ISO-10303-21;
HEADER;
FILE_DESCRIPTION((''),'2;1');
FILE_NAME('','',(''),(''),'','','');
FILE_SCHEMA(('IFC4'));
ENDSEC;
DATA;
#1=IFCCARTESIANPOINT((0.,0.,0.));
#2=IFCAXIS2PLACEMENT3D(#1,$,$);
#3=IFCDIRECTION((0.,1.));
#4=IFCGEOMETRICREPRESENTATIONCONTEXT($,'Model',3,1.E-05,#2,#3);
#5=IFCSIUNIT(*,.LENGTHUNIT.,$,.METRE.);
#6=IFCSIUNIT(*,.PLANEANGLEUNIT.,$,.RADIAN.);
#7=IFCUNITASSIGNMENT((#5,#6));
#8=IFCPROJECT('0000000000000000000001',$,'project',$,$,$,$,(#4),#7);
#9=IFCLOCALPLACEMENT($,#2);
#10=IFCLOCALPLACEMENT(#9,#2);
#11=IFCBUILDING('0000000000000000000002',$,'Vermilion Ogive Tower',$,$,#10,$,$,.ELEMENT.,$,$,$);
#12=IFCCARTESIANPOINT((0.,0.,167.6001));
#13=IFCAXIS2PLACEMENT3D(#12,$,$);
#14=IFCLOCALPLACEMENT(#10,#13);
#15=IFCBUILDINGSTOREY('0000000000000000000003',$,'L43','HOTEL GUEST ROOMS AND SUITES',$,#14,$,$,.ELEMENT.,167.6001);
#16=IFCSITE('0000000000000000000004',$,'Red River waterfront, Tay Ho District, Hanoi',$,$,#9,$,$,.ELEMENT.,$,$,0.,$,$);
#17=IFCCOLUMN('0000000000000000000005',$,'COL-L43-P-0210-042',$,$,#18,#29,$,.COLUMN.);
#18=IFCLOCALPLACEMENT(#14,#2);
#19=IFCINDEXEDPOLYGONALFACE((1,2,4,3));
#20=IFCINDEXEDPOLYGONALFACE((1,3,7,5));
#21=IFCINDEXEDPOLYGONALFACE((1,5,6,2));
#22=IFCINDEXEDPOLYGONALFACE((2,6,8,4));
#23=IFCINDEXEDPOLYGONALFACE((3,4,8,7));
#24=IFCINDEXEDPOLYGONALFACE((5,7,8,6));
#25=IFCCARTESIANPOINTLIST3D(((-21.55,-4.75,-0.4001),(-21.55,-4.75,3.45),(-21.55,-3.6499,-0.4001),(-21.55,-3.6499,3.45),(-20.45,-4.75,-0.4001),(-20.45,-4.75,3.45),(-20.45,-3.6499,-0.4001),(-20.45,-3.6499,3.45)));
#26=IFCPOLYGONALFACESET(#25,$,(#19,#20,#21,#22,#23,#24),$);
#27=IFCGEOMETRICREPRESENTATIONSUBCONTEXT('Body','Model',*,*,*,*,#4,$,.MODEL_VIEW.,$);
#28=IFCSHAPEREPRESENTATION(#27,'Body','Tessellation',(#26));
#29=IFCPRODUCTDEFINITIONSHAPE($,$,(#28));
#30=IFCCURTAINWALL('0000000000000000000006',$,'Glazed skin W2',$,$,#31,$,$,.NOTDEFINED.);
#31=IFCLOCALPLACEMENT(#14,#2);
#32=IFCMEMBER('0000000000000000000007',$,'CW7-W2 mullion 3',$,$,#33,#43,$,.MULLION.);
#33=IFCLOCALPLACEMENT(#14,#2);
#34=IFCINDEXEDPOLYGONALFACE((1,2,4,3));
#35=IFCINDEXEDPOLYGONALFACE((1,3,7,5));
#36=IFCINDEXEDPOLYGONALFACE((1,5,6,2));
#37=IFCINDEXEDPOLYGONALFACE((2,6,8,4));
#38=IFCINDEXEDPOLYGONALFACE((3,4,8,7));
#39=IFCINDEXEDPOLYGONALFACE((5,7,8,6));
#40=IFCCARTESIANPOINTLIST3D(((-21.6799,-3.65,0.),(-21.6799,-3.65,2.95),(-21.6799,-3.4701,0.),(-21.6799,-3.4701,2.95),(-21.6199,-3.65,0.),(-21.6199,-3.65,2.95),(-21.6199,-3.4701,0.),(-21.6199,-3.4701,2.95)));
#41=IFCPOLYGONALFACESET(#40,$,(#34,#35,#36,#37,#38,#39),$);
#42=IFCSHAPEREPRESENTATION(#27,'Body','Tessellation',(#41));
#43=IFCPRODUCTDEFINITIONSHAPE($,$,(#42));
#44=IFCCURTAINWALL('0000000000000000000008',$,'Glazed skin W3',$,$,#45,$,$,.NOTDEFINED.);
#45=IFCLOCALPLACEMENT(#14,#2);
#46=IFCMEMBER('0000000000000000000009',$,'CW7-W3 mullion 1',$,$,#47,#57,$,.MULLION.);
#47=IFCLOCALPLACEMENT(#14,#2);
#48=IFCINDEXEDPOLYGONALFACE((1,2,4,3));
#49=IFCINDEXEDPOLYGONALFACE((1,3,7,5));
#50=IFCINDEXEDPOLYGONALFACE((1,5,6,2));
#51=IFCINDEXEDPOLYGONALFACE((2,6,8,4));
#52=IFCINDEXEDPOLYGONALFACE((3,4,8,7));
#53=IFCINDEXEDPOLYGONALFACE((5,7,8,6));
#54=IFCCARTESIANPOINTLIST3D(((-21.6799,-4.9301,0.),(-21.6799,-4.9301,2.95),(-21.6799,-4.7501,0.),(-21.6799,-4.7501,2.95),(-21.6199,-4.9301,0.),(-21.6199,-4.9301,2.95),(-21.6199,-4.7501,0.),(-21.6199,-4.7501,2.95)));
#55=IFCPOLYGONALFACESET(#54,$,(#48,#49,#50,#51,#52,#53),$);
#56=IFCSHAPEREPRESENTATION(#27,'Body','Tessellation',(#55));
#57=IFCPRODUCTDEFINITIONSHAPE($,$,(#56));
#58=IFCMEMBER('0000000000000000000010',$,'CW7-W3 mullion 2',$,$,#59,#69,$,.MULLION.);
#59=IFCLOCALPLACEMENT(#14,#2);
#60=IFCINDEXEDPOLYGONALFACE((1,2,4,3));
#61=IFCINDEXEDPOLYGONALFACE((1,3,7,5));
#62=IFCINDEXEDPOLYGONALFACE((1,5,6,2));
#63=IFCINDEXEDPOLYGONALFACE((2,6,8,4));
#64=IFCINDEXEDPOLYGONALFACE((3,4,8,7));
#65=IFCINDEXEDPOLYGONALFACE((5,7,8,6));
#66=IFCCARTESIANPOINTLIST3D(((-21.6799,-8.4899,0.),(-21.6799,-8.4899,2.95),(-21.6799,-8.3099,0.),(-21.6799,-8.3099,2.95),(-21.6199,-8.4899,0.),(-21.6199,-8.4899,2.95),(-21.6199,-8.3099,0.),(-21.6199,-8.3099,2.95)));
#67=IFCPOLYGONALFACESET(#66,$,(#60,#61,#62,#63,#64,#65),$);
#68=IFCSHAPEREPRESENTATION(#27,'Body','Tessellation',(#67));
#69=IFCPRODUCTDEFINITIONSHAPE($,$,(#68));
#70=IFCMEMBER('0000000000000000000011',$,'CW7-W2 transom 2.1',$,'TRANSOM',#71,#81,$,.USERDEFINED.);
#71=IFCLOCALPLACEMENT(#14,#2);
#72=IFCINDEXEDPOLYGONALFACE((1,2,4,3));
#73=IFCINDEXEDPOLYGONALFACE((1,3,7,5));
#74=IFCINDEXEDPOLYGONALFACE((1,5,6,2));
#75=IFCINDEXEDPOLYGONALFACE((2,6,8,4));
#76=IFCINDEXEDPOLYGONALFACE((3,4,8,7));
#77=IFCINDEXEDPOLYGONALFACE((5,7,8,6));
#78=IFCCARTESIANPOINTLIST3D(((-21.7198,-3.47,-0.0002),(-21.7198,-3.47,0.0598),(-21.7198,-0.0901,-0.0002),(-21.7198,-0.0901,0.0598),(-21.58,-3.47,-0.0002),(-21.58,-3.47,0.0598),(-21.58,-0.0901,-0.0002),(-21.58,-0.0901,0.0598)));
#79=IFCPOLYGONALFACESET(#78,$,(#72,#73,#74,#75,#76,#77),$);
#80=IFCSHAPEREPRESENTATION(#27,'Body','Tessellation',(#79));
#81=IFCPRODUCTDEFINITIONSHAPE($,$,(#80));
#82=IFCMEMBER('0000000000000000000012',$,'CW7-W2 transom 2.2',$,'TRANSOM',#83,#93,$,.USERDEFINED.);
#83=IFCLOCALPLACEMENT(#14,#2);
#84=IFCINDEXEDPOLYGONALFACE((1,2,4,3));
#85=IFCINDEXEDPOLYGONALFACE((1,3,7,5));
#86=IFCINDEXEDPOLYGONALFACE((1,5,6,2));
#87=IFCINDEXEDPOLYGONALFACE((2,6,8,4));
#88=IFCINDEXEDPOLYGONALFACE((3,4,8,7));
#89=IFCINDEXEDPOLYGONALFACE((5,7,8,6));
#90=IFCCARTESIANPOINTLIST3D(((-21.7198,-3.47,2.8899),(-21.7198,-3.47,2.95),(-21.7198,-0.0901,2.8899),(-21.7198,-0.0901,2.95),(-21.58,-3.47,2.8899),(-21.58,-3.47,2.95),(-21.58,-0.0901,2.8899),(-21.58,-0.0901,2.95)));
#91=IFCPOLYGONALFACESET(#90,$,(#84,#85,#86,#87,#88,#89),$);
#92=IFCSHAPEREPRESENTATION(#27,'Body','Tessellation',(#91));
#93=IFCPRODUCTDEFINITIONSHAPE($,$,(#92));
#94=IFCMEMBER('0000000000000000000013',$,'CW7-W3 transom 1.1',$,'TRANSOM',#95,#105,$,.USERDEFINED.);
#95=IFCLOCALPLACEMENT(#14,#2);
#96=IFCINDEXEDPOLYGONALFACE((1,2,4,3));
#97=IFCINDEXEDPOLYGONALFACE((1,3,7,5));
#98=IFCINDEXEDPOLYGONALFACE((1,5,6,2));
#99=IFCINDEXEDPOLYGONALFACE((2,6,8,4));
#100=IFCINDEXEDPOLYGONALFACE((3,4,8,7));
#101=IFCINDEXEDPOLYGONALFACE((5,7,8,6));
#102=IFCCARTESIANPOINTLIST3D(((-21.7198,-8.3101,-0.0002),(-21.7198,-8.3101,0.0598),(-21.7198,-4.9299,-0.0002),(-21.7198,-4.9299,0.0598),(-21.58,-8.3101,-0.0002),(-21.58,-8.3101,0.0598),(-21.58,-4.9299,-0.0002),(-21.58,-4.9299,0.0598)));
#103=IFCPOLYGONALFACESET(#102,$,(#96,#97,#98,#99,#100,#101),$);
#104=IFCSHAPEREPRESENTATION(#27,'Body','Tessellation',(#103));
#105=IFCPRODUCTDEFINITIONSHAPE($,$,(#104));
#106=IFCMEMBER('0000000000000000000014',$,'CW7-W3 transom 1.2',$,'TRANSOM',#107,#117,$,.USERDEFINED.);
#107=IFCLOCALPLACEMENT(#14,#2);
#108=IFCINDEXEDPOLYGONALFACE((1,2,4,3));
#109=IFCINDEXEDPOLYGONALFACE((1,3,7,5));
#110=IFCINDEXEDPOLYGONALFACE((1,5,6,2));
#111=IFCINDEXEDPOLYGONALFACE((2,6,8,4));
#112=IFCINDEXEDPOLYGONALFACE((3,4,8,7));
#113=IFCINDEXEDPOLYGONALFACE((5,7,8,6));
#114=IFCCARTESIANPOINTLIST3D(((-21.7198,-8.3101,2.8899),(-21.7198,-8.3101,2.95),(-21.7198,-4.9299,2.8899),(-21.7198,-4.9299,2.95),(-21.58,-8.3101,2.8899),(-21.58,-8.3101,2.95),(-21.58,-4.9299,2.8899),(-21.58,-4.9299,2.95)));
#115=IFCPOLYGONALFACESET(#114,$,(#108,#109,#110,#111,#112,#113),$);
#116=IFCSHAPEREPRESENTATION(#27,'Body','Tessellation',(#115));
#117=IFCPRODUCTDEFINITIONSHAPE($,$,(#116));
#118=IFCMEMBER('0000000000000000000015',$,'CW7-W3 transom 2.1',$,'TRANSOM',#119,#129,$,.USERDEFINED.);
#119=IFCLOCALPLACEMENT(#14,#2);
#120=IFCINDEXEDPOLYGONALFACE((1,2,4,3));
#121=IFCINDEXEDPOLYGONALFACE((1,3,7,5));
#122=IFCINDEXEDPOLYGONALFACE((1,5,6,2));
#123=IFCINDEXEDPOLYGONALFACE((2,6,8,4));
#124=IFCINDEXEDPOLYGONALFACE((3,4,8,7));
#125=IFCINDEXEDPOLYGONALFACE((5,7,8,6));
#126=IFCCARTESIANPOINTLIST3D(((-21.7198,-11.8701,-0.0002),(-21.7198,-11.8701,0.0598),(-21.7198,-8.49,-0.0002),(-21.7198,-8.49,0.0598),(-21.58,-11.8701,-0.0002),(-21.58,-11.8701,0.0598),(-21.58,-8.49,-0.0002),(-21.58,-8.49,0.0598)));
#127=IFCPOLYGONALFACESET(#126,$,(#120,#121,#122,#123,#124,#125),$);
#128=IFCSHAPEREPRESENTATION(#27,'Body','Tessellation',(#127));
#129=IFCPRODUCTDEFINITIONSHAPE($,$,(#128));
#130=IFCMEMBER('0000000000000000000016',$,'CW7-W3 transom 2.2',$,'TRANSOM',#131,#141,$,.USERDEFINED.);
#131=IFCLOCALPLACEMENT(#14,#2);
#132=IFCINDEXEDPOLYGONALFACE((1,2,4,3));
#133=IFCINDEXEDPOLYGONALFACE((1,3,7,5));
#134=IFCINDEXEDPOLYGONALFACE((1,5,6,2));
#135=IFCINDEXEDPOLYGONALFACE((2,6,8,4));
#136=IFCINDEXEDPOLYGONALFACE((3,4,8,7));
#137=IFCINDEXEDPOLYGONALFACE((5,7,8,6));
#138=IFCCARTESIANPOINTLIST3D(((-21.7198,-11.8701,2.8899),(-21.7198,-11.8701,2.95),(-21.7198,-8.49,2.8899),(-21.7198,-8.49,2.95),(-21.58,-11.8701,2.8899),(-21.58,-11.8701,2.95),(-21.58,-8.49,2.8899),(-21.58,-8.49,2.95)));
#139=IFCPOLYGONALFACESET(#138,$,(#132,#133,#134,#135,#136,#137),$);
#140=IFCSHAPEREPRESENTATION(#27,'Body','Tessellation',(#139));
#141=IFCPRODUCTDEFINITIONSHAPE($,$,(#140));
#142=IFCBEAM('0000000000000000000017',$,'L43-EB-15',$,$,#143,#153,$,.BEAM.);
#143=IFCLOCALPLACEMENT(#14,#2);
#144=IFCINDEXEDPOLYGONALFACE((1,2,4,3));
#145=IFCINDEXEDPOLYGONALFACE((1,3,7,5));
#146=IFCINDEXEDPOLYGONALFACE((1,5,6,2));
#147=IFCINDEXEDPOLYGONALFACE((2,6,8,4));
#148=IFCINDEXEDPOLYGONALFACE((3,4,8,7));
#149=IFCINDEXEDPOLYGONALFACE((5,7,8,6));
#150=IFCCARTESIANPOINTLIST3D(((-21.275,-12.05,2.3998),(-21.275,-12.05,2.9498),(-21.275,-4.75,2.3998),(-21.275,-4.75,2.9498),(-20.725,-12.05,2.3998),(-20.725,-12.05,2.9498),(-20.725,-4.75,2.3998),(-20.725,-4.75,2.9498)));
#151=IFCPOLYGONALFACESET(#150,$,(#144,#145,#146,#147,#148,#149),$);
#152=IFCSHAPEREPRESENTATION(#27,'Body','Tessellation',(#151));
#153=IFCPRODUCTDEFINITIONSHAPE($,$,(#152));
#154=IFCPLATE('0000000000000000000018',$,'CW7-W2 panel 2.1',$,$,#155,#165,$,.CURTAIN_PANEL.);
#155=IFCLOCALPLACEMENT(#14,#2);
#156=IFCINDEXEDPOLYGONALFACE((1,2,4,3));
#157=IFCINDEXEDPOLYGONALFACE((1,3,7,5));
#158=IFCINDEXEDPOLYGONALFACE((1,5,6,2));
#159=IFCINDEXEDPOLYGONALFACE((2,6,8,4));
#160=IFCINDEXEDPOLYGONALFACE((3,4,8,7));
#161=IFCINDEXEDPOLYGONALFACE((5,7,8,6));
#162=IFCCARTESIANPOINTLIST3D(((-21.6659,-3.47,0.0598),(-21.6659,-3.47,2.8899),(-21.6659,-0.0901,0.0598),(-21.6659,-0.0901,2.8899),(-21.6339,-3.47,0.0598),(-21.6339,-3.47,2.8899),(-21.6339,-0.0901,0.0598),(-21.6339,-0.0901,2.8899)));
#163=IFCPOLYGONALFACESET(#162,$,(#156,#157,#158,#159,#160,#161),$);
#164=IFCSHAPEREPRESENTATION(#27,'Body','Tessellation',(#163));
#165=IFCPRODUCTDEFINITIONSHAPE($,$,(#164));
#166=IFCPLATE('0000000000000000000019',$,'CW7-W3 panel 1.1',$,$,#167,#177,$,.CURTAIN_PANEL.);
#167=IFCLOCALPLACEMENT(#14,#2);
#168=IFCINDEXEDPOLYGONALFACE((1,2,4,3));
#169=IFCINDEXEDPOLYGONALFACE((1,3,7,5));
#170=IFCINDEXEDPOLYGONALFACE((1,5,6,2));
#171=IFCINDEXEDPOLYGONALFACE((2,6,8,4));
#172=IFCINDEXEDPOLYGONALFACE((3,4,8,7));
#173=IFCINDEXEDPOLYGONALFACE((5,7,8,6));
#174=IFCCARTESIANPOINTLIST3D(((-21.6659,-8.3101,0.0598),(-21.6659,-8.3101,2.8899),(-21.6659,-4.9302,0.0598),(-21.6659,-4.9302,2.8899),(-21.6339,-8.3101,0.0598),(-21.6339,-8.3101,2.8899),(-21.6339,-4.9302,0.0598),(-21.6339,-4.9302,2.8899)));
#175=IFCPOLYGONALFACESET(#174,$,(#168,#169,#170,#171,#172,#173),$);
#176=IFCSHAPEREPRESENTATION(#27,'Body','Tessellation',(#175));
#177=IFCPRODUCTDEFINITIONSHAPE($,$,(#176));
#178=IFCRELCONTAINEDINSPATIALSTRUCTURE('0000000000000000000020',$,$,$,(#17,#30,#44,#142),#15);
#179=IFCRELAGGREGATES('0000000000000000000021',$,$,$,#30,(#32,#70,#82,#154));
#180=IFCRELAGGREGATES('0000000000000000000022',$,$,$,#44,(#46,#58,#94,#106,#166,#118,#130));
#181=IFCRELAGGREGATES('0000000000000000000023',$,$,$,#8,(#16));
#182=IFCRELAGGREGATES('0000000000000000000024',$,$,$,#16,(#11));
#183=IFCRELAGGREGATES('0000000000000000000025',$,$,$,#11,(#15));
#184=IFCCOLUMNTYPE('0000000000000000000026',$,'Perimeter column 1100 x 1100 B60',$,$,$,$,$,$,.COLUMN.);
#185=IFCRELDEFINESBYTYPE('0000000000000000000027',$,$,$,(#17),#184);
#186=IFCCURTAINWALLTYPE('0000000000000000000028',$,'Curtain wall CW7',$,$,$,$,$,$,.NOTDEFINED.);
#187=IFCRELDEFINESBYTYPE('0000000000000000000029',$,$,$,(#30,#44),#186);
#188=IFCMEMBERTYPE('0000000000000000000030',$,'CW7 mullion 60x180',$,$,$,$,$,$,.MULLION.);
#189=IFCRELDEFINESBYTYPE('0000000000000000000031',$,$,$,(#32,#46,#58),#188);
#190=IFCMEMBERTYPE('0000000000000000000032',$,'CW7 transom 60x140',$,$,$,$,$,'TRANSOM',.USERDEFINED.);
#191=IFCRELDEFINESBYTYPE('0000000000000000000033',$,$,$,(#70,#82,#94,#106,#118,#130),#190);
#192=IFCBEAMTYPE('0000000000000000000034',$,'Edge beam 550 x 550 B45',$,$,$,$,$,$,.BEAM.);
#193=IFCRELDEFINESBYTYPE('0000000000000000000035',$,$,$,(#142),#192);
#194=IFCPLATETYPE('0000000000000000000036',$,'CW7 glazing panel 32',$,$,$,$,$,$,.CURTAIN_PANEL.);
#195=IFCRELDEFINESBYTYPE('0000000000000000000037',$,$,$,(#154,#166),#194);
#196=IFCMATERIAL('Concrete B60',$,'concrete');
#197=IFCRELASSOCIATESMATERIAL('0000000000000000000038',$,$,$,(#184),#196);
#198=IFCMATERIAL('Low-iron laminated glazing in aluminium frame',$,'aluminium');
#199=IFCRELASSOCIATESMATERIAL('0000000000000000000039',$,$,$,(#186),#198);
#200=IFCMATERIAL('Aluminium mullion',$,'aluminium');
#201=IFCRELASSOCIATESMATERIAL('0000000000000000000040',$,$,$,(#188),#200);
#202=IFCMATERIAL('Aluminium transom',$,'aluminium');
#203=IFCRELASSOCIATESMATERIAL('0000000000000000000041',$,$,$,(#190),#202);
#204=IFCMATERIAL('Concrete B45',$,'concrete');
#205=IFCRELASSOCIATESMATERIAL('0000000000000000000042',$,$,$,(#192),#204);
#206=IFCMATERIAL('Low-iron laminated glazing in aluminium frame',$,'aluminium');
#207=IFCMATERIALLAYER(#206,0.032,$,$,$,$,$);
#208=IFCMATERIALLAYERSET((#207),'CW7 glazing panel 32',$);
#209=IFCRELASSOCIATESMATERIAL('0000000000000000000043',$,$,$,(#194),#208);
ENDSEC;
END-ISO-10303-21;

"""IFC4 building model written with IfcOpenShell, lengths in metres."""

from ifc_helpers import new_model, si_unit, direction, frame, origin, origin_2d, place, context, subcontext, project, spatial, rectangle, extrude, material, layer, layer_set, material_profile, profile_set, type_object, element, aggregate, save


model = new_model("IFC4")

# Units and contexts
model_context = context("Model", 3, precision=1e-05, world=origin(), true_north=direction((0.0, 1.0)))
body_context = subcontext(model_context, "Body", "Model", "MODEL_VIEW")
ifc_project = project(units=[si_unit("LENGTHUNIT", "METRE"), si_unit("PLANEANGLEUNIT", "RADIAN")], contexts=[model_context])

# Site, building, storey
site_placement = place(None, origin())
site = spatial("IfcSite", under=ifc_project, at=site_placement, Name="Red River waterfront, Tay Ho District, Hanoi", CompositionType="ELEMENT", RefElevation=0.0)
building_placement = place(site_placement, origin())
building = spatial("IfcBuilding", under=site, at=building_placement, Name="Vermilion Ogive Tower", CompositionType="ELEMENT")
storey_placement = place(building_placement, frame((0.0, 0.0, 167.6001)))
storey = spatial("IfcBuildingStorey", under=building, at=storey_placement, Name="L43", Description="HOTEL GUEST ROOMS AND SUITES", CompositionType="ELEMENT", Elevation=167.6001)

# Column
ifc_material_1 = material(Name="Concrete B60", Category="concrete")
ifc_material_profile_1 = material_profile(ifc_material_1, rectangle(XDim=1.1001, YDim=1.1001, at=origin_2d()), Name="1100 x 1100")
ifc_profile_set_1 = profile_set([ifc_material_profile_1], Name="Concrete B60")
column_type = type_object("IfcColumnType", Name="Perimeter column 1100 x 1100 B60", PredefinedType="COLUMN", material=ifc_profile_set_1)
column_placement = place(storey_placement, frame((-21.0, -4.2, -0.4001), z_axis=(0.0, 0.0, 1.0), x_axis=(1.0, 0.0, 0.0)))
element("IfcColumn", 1, at=column_placement, inside=storey, type_object=column_type, Name="COL-L43-P-0210-042", PredefinedType="COLUMN", context=body_context, shape_type="SweptSolid", body=[
    extrude(rectangle(XDim=1.1001, YDim=1.1001, at=origin_2d()), origin(), (0.0, 0.0, 1.0), 3.8501),
])

# Curtain wall, member
ifc_material_2 = material(Name="Low-iron laminated glazing in aluminium frame", Category="aluminium")
curtain_wall_type = type_object("IfcCurtainWallType", Name="Curtain wall CW7", PredefinedType="NOTDEFINED", material=ifc_material_2)
curtain_wall_1_placement = place(storey_placement, origin())
curtain_wall_1 = element("IfcCurtainWall", 2, at=curtain_wall_1_placement, inside=storey, type_object=curtain_wall_type, Name="Glazed skin W2", PredefinedType="NOTDEFINED")
ifc_material_3 = material(Name="Aluminium mullion", Category="aluminium")
ifc_material_profile_2 = material_profile(ifc_material_3, rectangle(XDim=0.0601, YDim=0.1799, at=origin_2d()), Name="AL 60x180")
ifc_profile_set_2 = profile_set([ifc_material_profile_2], Name="Aluminium mullion")
member_type_1 = type_object("IfcMemberType", Name="CW7 mullion 60x180", PredefinedType="MULLION", material=ifc_profile_set_2)
member_1_placement = place(storey_placement, frame((-21.6499, -3.5601, 0.0), z_axis=(0.0, 0.0, 1.0), x_axis=(1.0, 0.0, 0.0)))
member_1 = element("IfcMember", 3, at=member_1_placement, type_object=member_type_1, Name="CW7-W2 mullion 3", PredefinedType="MULLION", context=body_context, shape_type="SweptSolid", body=[
    extrude(rectangle(XDim=0.0601, YDim=0.1799, at=origin_2d()), origin(), (0.0, 0.0, 1.0), 2.95),
])

# Curtain wall, members
curtain_wall_2_placement = place(storey_placement, origin())
curtain_wall_2 = element("IfcCurtainWall", 4, at=curtain_wall_2_placement, inside=storey, type_object=curtain_wall_type, Name="Glazed skin W3", PredefinedType="NOTDEFINED")
member_2_placement = place(storey_placement, frame((-21.6499, -4.8401, 0.0), z_axis=(0.0, 0.0, 1.0), x_axis=(1.0, 0.0, 0.0)))
member_2 = element("IfcMember", 5, at=member_2_placement, type_object=member_type_1, Name="CW7-W3 mullion 1", PredefinedType="MULLION", context=body_context, shape_type="SweptSolid", body=[
    extrude(rectangle(XDim=0.0601, YDim=0.1799, at=origin_2d()), origin(), (0.0, 0.0, 1.0), 2.95),
])
member_3_placement = place(storey_placement, frame((-21.6499, -8.3999, 0.0), z_axis=(0.0, 0.0, 1.0), x_axis=(1.0, 0.0, 0.0)))
member_3 = element("IfcMember", 6, at=member_3_placement, type_object=member_type_1, Name="CW7-W3 mullion 2", PredefinedType="MULLION", context=body_context, shape_type="SweptSolid", body=[
    extrude(rectangle(XDim=0.0601, YDim=0.1799, at=origin_2d()), origin(), (0.0, 0.0, 1.0), 2.95),
])

# Members
ifc_material_4 = material(Name="Aluminium transom", Category="aluminium")
ifc_material_profile_3 = material_profile(ifc_material_4, rectangle(XDim=0.1399, YDim=0.0601, at=origin_2d()), Name="AL 60x140")
ifc_profile_set_3 = profile_set([ifc_material_profile_3], Name="Aluminium transom")
member_type_2 = type_object("IfcMemberType", Name="CW7 transom 60x140", ElementType="TRANSOM", PredefinedType="USERDEFINED", material=ifc_profile_set_3)
member_4_placement = place(storey_placement, frame((-21.6499, -0.0901, 0.0298), z_axis=(0.0, -1.0, 0.0), x_axis=(1.0, 0.0, 0.0)))
member_4 = element("IfcMember", 7, at=member_4_placement, type_object=member_type_2, Name="CW7-W2 transom 2.1", ObjectType="TRANSOM", PredefinedType="USERDEFINED", context=body_context, shape_type="SweptSolid", body=[
    extrude(rectangle(XDim=0.1399, YDim=0.0601, at=origin_2d()), origin(), (0.0, 0.0, 1.0), 3.3799),
])
member_5_placement = place(storey_placement, frame((-21.6499, -0.0901, 2.9199), z_axis=(0.0, -1.0, 0.0), x_axis=(1.0, 0.0, 0.0)))
member_5 = element("IfcMember", 8, at=member_5_placement, type_object=member_type_2, Name="CW7-W2 transom 2.2", ObjectType="TRANSOM", PredefinedType="USERDEFINED", context=body_context, shape_type="SweptSolid", body=[
    extrude(rectangle(XDim=0.1399, YDim=0.0601, at=origin_2d()), origin(), (0.0, 0.0, 1.0), 3.3799),
])
member_6_placement = place(storey_placement, frame((-21.6499, -4.9299, 0.0298), z_axis=(0.0, -1.0, 0.0), x_axis=(1.0, 0.0, 0.0)))
member_6 = element("IfcMember", 9, at=member_6_placement, type_object=member_type_2, Name="CW7-W3 transom 1.1", ObjectType="TRANSOM", PredefinedType="USERDEFINED", context=body_context, shape_type="SweptSolid", body=[
    extrude(rectangle(XDim=0.1399, YDim=0.0601, at=origin_2d()), origin(), (0.0, 0.0, 1.0), 3.3801),
])
member_7_placement = place(storey_placement, frame((-21.6499, -4.9299, 2.9199), z_axis=(0.0, -1.0, 0.0), x_axis=(1.0, 0.0, 0.0)))
member_7 = element("IfcMember", 10, at=member_7_placement, type_object=member_type_2, Name="CW7-W3 transom 1.2", ObjectType="TRANSOM", PredefinedType="USERDEFINED", context=body_context, shape_type="SweptSolid", body=[
    extrude(rectangle(XDim=0.1399, YDim=0.0601, at=origin_2d()), origin(), (0.0, 0.0, 1.0), 3.3801),
])
member_8_placement = place(storey_placement, frame((-21.6499, -8.49, 0.0298), z_axis=(0.0, -1.0, 0.0), x_axis=(1.0, 0.0, 0.0)))
member_8 = element("IfcMember", 11, at=member_8_placement, type_object=member_type_2, Name="CW7-W3 transom 2.1", ObjectType="TRANSOM", PredefinedType="USERDEFINED", context=body_context, shape_type="SweptSolid", body=[
    extrude(rectangle(XDim=0.1399, YDim=0.0601, at=origin_2d()), origin(), (0.0, 0.0, 1.0), 3.3801),
])
member_9_placement = place(storey_placement, frame((-21.6499, -8.49, 2.9199), z_axis=(0.0, -1.0, 0.0), x_axis=(1.0, 0.0, 0.0)))
member_9 = element("IfcMember", 12, at=member_9_placement, type_object=member_type_2, Name="CW7-W3 transom 2.2", ObjectType="TRANSOM", PredefinedType="USERDEFINED", context=body_context, shape_type="SweptSolid", body=[
    extrude(rectangle(XDim=0.1399, YDim=0.0601, at=origin_2d()), origin(), (0.0, 0.0, 1.0), 3.3801),
])

# Beam
ifc_material_5 = material(Name="Concrete B45", Category="concrete")
ifc_material_profile_4 = material_profile(ifc_material_5, rectangle(XDim=0.55, YDim=0.55, at=origin_2d()), Name="550 x 550")
ifc_profile_set_4 = profile_set([ifc_material_profile_4], Name="Concrete B45")
beam_type = type_object("IfcBeamType", Name="Edge beam 550 x 550 B45", PredefinedType="BEAM", material=ifc_profile_set_4)
beam_placement = place(storey_placement, frame((-21.0, -4.75, 2.6748), z_axis=(0.0, -1.0, 0.0), x_axis=(1.0, 0.0, 0.0)))
element("IfcBeam", 13, at=beam_placement, inside=storey, type_object=beam_type, Name="L43-EB-15", PredefinedType="BEAM", context=body_context, shape_type="SweptSolid", body=[
    extrude(rectangle(XDim=0.55, YDim=0.55, at=origin_2d()), origin(), (0.0, 0.0, 1.0), 7.3),
])

# Plates
ifc_material_6 = material(Name="Low-iron laminated glazing in aluminium frame", Category="aluminium")
ifc_layer_1 = layer(ifc_material_6, 0.032)
ifc_layer_set_1 = layer_set([ifc_layer_1], Name="CW7 glazing panel 32")
plate_type = type_object("IfcPlateType", Name="CW7 glazing panel 32", PredefinedType="CURTAIN_PANEL", material=ifc_layer_set_1)
plate_1_placement = place(storey_placement, frame((-21.6499, -1.78, 0.0598), z_axis=(0.0, 0.0, 1.0), x_axis=(0.0, -1.0, 0.0)))
plate_1 = element("IfcPlate", 14, at=plate_1_placement, type_object=plate_type, Name="CW7-W2 panel 2.1", PredefinedType="CURTAIN_PANEL", context=body_context, shape_type="SweptSolid", body=[
    extrude(rectangle(XDim=3.3799, YDim=0.032, at=origin_2d()), origin(), (0.0, 0.0, 1.0), 2.8301),
])
aggregate(curtain_wall_1, [member_1, member_4, member_5, plate_1])
plate_2_placement = place(storey_placement, frame((-21.6499, -6.6201, 0.0598), z_axis=(0.0, 0.0, 1.0), x_axis=(0.0, -1.0, 0.0)))
plate_2 = element("IfcPlate", 15, at=plate_2_placement, type_object=plate_type, Name="CW7-W3 panel 1.1", PredefinedType="CURTAIN_PANEL", context=body_context, shape_type="SweptSolid", body=[
    extrude(rectangle(XDim=3.3799, YDim=0.032, at=origin_2d()), origin(), (0.0, 0.0, 1.0), 2.8301),
])
aggregate(curtain_wall_2, [member_2, member_3, member_6, member_7, plate_2, member_8, member_9])

save(model, "model.ifc")
